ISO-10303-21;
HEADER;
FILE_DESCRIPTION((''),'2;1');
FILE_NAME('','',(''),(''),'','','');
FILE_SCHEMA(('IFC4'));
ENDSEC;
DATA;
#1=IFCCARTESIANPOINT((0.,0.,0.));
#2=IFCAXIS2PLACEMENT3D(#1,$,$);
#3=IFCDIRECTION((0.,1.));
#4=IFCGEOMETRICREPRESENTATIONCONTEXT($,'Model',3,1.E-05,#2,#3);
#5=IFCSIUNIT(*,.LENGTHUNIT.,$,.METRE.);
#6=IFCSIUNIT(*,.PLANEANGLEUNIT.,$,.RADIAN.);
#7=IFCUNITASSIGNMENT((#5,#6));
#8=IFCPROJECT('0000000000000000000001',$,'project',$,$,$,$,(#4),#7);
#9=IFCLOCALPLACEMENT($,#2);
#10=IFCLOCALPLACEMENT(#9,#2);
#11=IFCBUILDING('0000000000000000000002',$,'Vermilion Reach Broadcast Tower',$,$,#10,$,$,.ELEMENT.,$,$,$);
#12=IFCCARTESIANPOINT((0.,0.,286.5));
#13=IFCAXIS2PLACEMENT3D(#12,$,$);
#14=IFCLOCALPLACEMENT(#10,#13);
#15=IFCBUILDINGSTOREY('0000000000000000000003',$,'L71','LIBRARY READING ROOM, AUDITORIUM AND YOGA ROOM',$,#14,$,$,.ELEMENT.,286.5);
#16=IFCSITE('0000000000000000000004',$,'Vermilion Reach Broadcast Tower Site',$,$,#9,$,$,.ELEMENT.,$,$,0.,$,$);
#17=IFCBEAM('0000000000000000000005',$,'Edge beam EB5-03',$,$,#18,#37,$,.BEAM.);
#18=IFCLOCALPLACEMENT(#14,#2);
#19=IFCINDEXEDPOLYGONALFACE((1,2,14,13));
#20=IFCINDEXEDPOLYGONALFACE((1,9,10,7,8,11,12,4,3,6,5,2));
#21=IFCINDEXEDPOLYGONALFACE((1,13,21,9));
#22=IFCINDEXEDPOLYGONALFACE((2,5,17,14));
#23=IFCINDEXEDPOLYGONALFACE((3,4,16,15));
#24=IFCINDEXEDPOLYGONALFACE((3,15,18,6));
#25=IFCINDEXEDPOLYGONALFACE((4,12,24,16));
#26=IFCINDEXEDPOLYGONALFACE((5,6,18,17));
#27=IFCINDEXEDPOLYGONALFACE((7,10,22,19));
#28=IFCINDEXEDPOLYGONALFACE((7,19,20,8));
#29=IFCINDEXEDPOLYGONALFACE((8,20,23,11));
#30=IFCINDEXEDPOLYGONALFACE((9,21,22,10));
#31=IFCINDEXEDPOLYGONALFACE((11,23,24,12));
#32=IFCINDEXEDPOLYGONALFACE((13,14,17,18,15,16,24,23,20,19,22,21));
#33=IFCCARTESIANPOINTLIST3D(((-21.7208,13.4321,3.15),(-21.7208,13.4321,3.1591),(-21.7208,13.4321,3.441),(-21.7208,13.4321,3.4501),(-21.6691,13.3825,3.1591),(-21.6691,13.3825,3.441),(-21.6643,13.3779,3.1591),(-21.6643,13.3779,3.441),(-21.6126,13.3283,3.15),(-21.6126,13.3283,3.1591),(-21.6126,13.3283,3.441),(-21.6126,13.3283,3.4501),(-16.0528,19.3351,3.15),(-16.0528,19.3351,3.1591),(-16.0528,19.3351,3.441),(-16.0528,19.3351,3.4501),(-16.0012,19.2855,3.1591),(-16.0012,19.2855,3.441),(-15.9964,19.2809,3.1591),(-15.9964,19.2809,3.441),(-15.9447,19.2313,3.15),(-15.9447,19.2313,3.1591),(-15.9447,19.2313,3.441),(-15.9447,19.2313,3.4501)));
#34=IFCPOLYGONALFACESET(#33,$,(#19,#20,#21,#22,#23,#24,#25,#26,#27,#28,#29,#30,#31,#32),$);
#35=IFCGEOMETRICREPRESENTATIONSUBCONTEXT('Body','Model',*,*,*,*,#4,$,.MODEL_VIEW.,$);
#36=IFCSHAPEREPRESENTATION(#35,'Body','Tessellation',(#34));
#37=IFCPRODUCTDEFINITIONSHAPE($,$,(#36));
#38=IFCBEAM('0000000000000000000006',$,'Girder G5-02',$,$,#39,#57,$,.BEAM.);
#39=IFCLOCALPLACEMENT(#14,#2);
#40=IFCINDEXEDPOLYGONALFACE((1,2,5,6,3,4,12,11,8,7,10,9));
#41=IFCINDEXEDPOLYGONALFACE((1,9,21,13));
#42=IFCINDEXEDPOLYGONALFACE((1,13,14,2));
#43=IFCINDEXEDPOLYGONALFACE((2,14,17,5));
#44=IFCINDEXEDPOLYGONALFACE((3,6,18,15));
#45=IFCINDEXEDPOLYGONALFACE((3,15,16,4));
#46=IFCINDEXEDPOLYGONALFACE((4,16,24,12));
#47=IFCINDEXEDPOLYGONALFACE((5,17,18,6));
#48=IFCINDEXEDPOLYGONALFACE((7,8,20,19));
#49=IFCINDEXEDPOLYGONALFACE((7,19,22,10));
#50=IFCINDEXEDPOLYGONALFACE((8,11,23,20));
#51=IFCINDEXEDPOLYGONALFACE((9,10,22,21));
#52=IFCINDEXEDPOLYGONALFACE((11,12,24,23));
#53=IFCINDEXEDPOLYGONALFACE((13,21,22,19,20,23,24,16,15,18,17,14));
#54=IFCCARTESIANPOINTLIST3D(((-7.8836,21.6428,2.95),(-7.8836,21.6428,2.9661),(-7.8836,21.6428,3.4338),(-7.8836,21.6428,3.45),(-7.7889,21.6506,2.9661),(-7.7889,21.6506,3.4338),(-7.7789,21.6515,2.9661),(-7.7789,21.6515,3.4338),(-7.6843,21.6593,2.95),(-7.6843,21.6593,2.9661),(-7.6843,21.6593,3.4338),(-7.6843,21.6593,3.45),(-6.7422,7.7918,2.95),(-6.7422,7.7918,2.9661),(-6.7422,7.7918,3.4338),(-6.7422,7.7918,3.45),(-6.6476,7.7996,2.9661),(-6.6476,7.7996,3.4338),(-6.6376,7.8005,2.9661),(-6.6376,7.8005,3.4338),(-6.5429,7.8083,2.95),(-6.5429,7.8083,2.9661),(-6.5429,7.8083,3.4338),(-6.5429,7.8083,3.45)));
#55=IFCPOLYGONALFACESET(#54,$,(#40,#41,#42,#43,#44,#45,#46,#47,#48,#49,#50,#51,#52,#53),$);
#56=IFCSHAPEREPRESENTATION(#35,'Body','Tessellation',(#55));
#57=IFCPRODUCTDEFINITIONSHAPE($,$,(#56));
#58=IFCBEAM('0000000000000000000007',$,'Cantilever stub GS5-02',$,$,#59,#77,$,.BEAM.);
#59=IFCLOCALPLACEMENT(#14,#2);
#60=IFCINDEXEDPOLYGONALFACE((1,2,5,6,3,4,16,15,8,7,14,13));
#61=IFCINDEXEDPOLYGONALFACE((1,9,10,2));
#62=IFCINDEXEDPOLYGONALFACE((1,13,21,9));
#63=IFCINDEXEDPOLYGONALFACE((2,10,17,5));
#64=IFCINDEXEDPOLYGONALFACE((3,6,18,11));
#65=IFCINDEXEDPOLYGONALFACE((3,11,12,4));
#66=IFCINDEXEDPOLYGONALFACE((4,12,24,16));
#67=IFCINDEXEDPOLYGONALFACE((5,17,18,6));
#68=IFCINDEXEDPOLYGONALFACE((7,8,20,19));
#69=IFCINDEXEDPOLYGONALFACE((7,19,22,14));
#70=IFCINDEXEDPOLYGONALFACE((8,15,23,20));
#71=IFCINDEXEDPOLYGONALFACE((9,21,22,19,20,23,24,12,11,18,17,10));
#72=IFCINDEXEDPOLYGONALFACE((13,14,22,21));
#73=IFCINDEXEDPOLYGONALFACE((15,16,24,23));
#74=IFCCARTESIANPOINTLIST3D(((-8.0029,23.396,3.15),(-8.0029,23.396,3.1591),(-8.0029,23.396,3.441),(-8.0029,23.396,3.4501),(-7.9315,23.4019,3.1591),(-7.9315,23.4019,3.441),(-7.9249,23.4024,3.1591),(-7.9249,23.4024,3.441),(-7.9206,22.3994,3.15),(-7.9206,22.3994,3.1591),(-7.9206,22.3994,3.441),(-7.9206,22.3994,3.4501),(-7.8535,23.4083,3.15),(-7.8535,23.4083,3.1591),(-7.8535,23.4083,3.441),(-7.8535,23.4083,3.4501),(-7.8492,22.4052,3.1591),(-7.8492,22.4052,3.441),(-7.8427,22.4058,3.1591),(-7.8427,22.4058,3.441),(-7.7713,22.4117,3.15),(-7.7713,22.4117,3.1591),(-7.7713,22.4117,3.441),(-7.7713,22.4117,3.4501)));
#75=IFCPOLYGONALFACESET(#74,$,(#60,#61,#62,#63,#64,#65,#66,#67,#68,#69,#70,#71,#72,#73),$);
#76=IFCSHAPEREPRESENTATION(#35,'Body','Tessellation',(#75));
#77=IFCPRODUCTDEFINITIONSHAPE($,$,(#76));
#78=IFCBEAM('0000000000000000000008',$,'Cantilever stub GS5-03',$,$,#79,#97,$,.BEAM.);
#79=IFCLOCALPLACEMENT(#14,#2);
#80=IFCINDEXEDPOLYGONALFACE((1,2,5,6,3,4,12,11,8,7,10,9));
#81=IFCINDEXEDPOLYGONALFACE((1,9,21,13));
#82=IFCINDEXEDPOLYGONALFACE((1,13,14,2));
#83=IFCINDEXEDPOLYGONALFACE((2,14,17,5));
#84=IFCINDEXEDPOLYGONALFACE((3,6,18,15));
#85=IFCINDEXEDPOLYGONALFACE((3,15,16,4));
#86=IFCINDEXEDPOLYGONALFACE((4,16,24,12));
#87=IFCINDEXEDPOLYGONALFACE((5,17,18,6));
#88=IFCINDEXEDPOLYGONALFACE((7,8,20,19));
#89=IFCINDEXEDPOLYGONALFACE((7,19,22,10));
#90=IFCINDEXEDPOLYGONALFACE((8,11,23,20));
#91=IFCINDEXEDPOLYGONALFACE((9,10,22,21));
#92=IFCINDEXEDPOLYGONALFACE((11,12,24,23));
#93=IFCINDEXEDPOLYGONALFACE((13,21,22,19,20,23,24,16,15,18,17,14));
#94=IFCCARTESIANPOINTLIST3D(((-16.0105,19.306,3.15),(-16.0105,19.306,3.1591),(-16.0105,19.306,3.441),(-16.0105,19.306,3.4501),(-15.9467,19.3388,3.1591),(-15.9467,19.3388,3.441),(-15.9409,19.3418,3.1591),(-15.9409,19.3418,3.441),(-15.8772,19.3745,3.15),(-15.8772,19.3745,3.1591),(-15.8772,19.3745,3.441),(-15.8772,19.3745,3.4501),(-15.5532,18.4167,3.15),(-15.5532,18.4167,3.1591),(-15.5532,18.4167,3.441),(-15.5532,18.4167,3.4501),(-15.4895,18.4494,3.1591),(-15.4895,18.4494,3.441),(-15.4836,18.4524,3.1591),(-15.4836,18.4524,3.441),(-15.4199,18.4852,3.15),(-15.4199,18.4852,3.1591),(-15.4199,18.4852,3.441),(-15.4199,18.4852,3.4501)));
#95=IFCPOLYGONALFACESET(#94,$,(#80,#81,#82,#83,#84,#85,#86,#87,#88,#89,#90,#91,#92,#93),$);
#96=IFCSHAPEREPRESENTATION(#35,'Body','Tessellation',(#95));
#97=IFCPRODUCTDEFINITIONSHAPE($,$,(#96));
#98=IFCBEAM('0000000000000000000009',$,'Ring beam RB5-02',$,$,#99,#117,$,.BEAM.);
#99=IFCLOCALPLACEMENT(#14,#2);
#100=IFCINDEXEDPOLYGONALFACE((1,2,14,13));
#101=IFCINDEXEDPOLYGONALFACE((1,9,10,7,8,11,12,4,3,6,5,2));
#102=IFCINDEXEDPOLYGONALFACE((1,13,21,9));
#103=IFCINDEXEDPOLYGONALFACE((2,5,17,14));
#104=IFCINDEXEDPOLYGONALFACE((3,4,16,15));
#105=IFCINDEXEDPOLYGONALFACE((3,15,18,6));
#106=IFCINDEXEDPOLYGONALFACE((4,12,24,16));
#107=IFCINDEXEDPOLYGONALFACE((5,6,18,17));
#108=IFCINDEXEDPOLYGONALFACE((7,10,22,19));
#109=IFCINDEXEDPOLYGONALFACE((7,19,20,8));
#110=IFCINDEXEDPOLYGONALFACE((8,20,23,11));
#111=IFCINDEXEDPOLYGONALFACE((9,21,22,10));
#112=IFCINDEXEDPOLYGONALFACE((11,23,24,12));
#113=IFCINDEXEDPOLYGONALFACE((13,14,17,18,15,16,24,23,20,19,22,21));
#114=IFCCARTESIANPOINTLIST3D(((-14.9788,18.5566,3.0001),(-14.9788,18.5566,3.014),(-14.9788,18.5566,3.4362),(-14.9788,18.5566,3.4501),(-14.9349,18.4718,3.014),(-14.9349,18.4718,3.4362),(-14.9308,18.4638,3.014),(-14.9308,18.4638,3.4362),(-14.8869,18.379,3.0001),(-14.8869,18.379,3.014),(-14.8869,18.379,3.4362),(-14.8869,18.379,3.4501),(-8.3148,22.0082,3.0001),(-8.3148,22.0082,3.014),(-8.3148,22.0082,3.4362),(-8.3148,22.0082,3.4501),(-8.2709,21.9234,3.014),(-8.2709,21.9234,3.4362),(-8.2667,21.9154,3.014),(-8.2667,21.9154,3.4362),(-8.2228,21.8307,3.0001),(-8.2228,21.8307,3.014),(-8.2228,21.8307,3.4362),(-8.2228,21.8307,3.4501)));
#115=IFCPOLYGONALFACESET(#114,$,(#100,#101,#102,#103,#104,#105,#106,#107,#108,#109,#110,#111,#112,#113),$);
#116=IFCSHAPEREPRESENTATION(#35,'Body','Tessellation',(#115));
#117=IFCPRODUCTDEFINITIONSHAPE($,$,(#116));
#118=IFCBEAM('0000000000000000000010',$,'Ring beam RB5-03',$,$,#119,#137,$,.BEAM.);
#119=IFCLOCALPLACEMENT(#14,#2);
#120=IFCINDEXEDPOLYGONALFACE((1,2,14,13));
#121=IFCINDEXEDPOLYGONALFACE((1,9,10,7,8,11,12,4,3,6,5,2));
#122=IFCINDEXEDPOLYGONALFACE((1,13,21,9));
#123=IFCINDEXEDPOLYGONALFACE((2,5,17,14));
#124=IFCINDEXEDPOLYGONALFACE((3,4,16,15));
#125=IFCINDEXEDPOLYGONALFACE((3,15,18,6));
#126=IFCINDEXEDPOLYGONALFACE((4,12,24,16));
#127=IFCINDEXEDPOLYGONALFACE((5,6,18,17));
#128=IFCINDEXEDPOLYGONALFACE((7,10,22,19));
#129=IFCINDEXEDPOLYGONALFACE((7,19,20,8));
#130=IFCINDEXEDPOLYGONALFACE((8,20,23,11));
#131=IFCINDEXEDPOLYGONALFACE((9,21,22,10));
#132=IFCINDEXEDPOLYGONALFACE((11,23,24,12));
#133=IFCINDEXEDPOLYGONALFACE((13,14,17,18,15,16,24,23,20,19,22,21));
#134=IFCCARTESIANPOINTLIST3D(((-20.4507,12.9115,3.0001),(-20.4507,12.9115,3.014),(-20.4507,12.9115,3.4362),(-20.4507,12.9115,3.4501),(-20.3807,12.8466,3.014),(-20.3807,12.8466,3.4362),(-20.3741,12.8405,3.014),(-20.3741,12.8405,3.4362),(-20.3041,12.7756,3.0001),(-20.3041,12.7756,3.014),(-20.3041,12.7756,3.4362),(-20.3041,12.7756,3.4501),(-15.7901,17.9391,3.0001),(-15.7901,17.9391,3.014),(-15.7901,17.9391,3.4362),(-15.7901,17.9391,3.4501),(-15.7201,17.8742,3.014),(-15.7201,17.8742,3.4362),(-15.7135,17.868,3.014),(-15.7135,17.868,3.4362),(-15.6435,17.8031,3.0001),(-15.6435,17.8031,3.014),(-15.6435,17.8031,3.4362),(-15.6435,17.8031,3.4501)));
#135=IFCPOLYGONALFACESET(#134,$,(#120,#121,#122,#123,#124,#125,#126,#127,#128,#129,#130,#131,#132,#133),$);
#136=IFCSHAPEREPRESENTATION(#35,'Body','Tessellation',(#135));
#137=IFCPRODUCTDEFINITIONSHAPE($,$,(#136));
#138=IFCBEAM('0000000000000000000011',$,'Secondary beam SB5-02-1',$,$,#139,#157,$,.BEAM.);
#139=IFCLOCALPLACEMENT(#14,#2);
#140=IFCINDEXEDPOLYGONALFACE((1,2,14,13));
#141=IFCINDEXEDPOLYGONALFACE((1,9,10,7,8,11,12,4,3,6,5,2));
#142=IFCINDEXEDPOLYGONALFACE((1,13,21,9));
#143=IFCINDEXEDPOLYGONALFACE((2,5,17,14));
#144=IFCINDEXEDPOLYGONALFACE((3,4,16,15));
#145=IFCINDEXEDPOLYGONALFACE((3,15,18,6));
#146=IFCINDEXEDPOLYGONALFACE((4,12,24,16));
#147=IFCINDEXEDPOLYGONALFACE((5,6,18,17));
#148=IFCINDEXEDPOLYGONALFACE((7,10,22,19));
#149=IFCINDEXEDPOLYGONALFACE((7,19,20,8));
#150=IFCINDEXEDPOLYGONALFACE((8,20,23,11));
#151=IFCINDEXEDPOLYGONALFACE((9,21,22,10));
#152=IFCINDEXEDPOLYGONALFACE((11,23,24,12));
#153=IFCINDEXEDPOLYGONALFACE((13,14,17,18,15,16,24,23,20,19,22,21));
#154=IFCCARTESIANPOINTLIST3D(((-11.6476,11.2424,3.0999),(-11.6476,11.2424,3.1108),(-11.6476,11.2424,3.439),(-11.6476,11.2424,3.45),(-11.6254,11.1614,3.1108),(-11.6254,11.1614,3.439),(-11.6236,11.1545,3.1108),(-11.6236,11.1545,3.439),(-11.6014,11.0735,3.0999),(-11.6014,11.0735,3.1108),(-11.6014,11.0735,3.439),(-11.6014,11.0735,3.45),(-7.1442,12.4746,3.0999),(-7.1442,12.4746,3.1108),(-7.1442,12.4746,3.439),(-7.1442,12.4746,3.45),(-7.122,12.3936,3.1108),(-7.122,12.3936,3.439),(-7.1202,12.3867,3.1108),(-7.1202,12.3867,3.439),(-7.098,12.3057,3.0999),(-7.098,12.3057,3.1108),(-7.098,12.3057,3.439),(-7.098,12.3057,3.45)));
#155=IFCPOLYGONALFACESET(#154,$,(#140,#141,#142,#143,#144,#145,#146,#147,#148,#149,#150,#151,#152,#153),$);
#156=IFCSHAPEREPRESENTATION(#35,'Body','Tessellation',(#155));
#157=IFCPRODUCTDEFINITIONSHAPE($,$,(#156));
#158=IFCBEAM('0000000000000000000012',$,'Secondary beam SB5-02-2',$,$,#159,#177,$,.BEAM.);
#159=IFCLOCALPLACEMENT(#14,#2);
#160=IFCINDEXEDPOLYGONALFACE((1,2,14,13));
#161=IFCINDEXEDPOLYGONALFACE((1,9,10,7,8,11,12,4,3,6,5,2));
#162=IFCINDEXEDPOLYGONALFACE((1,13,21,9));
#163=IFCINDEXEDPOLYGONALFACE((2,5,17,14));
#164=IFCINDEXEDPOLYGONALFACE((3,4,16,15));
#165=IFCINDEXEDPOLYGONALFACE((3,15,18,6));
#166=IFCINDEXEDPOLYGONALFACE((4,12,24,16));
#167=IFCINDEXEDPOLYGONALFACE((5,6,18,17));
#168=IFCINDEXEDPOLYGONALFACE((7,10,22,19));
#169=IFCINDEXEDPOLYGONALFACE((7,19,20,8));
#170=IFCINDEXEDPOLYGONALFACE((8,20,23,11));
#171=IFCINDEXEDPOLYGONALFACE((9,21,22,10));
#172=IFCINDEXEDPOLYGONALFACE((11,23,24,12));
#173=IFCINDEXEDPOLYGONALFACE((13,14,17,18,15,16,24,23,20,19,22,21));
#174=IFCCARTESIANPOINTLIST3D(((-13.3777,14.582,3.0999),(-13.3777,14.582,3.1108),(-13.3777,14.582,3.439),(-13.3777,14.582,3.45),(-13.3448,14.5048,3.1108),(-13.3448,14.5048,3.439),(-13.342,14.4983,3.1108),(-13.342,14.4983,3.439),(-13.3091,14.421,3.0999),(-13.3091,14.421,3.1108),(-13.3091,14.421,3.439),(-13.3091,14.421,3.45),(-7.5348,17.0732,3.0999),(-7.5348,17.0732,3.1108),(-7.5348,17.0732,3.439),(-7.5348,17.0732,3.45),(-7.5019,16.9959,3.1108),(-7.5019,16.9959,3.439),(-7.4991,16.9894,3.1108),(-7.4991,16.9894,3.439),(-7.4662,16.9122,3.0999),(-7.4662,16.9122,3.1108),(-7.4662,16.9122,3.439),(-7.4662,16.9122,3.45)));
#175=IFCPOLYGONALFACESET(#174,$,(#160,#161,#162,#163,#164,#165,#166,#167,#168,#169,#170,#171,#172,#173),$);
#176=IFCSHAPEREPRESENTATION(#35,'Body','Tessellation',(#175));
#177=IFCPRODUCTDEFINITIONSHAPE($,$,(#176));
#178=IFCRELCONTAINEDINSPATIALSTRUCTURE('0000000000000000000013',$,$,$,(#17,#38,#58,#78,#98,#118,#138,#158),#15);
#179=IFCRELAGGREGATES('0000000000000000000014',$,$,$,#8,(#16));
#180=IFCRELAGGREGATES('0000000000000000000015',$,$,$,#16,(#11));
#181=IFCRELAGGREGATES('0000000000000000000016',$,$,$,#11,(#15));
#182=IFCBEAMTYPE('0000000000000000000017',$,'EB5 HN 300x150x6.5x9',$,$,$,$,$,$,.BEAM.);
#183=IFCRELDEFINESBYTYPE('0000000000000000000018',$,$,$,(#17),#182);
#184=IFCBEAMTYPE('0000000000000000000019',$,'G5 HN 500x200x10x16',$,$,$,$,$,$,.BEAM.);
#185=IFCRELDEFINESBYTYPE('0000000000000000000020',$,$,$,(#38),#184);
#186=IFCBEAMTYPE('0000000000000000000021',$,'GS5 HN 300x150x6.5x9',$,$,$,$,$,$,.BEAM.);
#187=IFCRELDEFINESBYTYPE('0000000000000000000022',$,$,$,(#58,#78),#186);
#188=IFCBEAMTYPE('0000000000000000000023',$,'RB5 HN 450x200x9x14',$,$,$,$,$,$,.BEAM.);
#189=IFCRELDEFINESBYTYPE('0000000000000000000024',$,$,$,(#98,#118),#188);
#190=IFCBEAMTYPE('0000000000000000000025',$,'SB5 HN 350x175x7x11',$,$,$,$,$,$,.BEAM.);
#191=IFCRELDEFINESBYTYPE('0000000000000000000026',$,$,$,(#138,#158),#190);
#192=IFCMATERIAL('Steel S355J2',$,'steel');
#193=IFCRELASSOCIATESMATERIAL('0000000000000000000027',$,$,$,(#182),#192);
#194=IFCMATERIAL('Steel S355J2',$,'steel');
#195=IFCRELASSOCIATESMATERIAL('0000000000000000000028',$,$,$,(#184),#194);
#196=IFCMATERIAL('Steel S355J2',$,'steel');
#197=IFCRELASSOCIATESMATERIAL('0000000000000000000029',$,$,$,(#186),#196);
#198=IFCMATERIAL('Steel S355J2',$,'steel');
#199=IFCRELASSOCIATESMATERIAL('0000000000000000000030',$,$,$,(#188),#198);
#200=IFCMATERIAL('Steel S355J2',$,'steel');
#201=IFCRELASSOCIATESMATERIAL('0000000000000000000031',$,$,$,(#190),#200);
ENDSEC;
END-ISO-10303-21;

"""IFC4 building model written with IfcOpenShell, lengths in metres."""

from ifc_helpers import new_model, si_unit, direction, frame, origin, origin_2d, place, context, subcontext, project, spatial, i_section, extrude, material, material_profile, profile_set, type_object, element, save


model = new_model("IFC4")

# Units and contexts
model_context = context("Model", 3, precision=1e-05, world=origin(), true_north=direction((0.0, 1.0)))
body_context = subcontext(model_context, "Body", "Model", "MODEL_VIEW")
ifc_project = project(units=[si_unit("LENGTHUNIT", "METRE"), si_unit("PLANEANGLEUNIT", "RADIAN")], contexts=[model_context])

# Site, building, storey
site_placement = place(None, origin())
site = spatial("IfcSite", under=ifc_project, at=site_placement, Name="Vermilion Reach Broadcast Tower Site", CompositionType="ELEMENT", RefElevation=0.0)
building_placement = place(site_placement, origin())
building = spatial("IfcBuilding", under=site, at=building_placement, Name="Vermilion Reach Broadcast Tower", CompositionType="ELEMENT")
storey_placement = place(building_placement, frame((0.0, 0.0, 286.5)))
storey = spatial("IfcBuildingStorey", under=building, at=storey_placement, Name="L71", Description="LIBRARY READING ROOM, AUDITORIUM AND YOGA ROOM", CompositionType="ELEMENT", Elevation=286.5)

# Beams
ifc_material_1 = material(Name="Steel S355J2", Category="steel")
ifc_material_profile_1 = material_profile(ifc_material_1, i_section(OverallWidth=0.1499, OverallDepth=0.3, WebThickness=0.0066, FlangeThickness=0.009, at=origin_2d()), Name="S355J2 HN 300x150x6.5x9")
ifc_profile_set_1 = profile_set([ifc_material_profile_1], Name="Steel S355J2")
beam_type_1 = type_object("IfcBeamType", Name="EB5 HN 300x150x6.5x9", PredefinedType="BEAM", material=ifc_profile_set_1)
beam_1_placement = place(storey_placement, frame((-15.9988, 19.2832, 3.3), z_axis=(-0.692596, -0.721325, 0.0), x_axis=(0.721325, -0.692596, 0.0)))
element("IfcBeam", 1, at=beam_1_placement, inside=storey, type_object=beam_type_1, Name="Edge beam EB5-03", PredefinedType="BEAM", context=body_context, shape_type="SweptSolid", body=[
    extrude(i_section(OverallWidth=0.1499, OverallDepth=0.3, WebThickness=0.0066, FlangeThickness=0.009, at=origin_2d()), origin(), (0.0, 0.0, 1.0), 8.1836),
])
ifc_material_2 = material(Name="Steel S355J2", Category="steel")
ifc_material_profile_2 = material_profile(ifc_material_2, i_section(OverallWidth=0.2, OverallDepth=0.5, WebThickness=0.01, FlangeThickness=0.0161, at=origin_2d()), Name="S355J2 HN 500x200x10x16")
ifc_profile_set_2 = profile_set([ifc_material_profile_2], Name="Steel S355J2")
beam_type_2 = type_object("IfcBeamType", Name="G5 HN 500x200x10x16", PredefinedType="BEAM", material=ifc_profile_set_2)
beam_2_placement = place(storey_placement, frame((-6.6426, 7.8, 3.2), z_axis=(-0.082124, 0.996622, 0.0), x_axis=(-0.996622, -0.082124, 0.0)))
element("IfcBeam", 2, at=beam_2_placement, inside=storey, type_object=beam_type_2, Name="Girder G5-02", PredefinedType="BEAM", context=body_context, shape_type="SweptSolid", body=[
    extrude(i_section(OverallWidth=0.2, OverallDepth=0.5, WebThickness=0.01, FlangeThickness=0.0161, at=origin_2d()), origin(), (0.0, 0.0, 1.0), 13.8979),
])
ifc_material_3 = material(Name="Steel S355J2", Category="steel")
ifc_material_profile_3 = material_profile(ifc_material_3, i_section(OverallWidth=0.1499, OverallDepth=0.3, WebThickness=0.0066, FlangeThickness=0.009, at=origin_2d()), Name="S355J2 HN 300x150x6.5x9")
ifc_profile_set_3 = profile_set([ifc_material_profile_3], Name="Steel S355J2")
beam_type_3 = type_object("IfcBeamType", Name="GS5 HN 300x150x6.5x9", PredefinedType="BEAM", material=ifc_profile_set_3)
for number, where, z_axis, x_axis, name in (
    (3, (-7.8459, 22.4055, 3.3), (-0.082278, 0.996609, 0.0), (-0.996609, -0.082278, 0.0), "Cantilever stub GS5-02"),
    (4, (-15.4866, 18.4509, 3.3), (-0.457243, 0.889342, 0.0), (-0.889342, -0.457243, 0.0), "Cantilever stub GS5-03"),
):
    element("IfcBeam", number, at=place(storey_placement, frame(where, z_axis=z_axis, x_axis=x_axis)), inside=storey, type_object=beam_type_3, Name=name, PredefinedType="BEAM", context=body_context, shape_type="SweptSolid", body=[
        extrude(i_section(OverallWidth=0.1499, OverallDepth=0.3, WebThickness=0.0066, FlangeThickness=0.009, at=origin_2d()), origin(), (0.0, 0.0, 1.0), 1.0),
    ])
ifc_material_4 = material(Name="Steel S355J2", Category="steel")
ifc_material_profile_4 = material_profile(ifc_material_4, i_section(OverallWidth=0.2, OverallDepth=0.45, WebThickness=0.009, FlangeThickness=0.0139, at=origin_2d()), Name="S355J2 HN 450x200x9x14")
ifc_profile_set_4 = profile_set([ifc_material_profile_4], Name="Steel S355J2")
beam_type_4 = type_object("IfcBeamType", Name="RB5 HN 450x200x9x14", PredefinedType="BEAM", material=ifc_profile_set_4)
beam_3_placement = place(storey_placement, frame((-8.2688, 21.9194, 3.2251), z_axis=(-0.88796, -0.45992, 0.0), x_axis=(0.45992, -0.88796, 0.0)))
element("IfcBeam", 5, at=beam_3_placement, inside=storey, type_object=beam_type_4, Name="Ring beam RB5-02", PredefinedType="BEAM", context=body_context, shape_type="SweptSolid", body=[
    extrude(i_section(OverallWidth=0.2, OverallDepth=0.45, WebThickness=0.009, FlangeThickness=0.0139, at=origin_2d()), origin(), (0.0, 0.0, 1.0), 7.5049),
])
beam_4_placement = place(storey_placement, frame((-15.7168, 17.8711, 3.2251), z_axis=(-0.679838, -0.733363, 0.0), x_axis=(0.733363, -0.679838, 0.0)))
element("IfcBeam", 6, at=beam_4_placement, inside=storey, type_object=beam_type_4, Name="Ring beam RB5-03", PredefinedType="BEAM", context=body_context, shape_type="SweptSolid", body=[
    extrude(i_section(OverallWidth=0.2, OverallDepth=0.45, WebThickness=0.009, FlangeThickness=0.0139, at=origin_2d()), origin(), (0.0, 0.0, 1.0), 6.8555),
])
ifc_material_5 = material(Name="Steel S355J2", Category="steel")
ifc_material_profile_5 = material_profile(ifc_material_5, i_section(OverallWidth=0.175, OverallDepth=0.3501, WebThickness=0.0071, FlangeThickness=0.011, at=origin_2d()), Name="S355J2 HN 350x175x7x11")
ifc_profile_set_5 = profile_set([ifc_material_profile_5], Name="Steel S355J2")
beam_type_5 = type_object("IfcBeamType", Name="SB5 HN 350x175x7x11", PredefinedType="BEAM", material=ifc_profile_set_5)
beam_5_placement = place(storey_placement, frame((-7.1211, 12.3901, 3.2749), z_axis=(-0.964547, -0.263909, 0.0), x_axis=(0.263909, -0.964547, 0.0)))
element("IfcBeam", 7, at=beam_5_placement, inside=storey, type_object=beam_type_5, Name="Secondary beam SB5-02-1", PredefinedType="BEAM", context=body_context, shape_type="SweptSolid", body=[
    extrude(i_section(OverallWidth=0.175, OverallDepth=0.3501, WebThickness=0.0071, FlangeThickness=0.011, at=origin_2d()), origin(), (0.0, 0.0, 1.0), 4.6689),
])
beam_6_placement = place(storey_placement, frame((-7.5005, 16.9927, 3.2749), z_axis=(-0.919881, -0.392198, 0.0), x_axis=(0.392198, -0.919881, 0.0)))
element("IfcBeam", 8, at=beam_6_placement, inside=storey, type_object=beam_type_5, Name="Secondary beam SB5-02-2", PredefinedType="BEAM", context=body_context, shape_type="SweptSolid", body=[
    extrude(i_section(OverallWidth=0.175, OverallDepth=0.3501, WebThickness=0.0071, FlangeThickness=0.011, at=origin_2d()), origin(), (0.0, 0.0, 1.0), 6.3518),
])

save(model, "model.ifc")
